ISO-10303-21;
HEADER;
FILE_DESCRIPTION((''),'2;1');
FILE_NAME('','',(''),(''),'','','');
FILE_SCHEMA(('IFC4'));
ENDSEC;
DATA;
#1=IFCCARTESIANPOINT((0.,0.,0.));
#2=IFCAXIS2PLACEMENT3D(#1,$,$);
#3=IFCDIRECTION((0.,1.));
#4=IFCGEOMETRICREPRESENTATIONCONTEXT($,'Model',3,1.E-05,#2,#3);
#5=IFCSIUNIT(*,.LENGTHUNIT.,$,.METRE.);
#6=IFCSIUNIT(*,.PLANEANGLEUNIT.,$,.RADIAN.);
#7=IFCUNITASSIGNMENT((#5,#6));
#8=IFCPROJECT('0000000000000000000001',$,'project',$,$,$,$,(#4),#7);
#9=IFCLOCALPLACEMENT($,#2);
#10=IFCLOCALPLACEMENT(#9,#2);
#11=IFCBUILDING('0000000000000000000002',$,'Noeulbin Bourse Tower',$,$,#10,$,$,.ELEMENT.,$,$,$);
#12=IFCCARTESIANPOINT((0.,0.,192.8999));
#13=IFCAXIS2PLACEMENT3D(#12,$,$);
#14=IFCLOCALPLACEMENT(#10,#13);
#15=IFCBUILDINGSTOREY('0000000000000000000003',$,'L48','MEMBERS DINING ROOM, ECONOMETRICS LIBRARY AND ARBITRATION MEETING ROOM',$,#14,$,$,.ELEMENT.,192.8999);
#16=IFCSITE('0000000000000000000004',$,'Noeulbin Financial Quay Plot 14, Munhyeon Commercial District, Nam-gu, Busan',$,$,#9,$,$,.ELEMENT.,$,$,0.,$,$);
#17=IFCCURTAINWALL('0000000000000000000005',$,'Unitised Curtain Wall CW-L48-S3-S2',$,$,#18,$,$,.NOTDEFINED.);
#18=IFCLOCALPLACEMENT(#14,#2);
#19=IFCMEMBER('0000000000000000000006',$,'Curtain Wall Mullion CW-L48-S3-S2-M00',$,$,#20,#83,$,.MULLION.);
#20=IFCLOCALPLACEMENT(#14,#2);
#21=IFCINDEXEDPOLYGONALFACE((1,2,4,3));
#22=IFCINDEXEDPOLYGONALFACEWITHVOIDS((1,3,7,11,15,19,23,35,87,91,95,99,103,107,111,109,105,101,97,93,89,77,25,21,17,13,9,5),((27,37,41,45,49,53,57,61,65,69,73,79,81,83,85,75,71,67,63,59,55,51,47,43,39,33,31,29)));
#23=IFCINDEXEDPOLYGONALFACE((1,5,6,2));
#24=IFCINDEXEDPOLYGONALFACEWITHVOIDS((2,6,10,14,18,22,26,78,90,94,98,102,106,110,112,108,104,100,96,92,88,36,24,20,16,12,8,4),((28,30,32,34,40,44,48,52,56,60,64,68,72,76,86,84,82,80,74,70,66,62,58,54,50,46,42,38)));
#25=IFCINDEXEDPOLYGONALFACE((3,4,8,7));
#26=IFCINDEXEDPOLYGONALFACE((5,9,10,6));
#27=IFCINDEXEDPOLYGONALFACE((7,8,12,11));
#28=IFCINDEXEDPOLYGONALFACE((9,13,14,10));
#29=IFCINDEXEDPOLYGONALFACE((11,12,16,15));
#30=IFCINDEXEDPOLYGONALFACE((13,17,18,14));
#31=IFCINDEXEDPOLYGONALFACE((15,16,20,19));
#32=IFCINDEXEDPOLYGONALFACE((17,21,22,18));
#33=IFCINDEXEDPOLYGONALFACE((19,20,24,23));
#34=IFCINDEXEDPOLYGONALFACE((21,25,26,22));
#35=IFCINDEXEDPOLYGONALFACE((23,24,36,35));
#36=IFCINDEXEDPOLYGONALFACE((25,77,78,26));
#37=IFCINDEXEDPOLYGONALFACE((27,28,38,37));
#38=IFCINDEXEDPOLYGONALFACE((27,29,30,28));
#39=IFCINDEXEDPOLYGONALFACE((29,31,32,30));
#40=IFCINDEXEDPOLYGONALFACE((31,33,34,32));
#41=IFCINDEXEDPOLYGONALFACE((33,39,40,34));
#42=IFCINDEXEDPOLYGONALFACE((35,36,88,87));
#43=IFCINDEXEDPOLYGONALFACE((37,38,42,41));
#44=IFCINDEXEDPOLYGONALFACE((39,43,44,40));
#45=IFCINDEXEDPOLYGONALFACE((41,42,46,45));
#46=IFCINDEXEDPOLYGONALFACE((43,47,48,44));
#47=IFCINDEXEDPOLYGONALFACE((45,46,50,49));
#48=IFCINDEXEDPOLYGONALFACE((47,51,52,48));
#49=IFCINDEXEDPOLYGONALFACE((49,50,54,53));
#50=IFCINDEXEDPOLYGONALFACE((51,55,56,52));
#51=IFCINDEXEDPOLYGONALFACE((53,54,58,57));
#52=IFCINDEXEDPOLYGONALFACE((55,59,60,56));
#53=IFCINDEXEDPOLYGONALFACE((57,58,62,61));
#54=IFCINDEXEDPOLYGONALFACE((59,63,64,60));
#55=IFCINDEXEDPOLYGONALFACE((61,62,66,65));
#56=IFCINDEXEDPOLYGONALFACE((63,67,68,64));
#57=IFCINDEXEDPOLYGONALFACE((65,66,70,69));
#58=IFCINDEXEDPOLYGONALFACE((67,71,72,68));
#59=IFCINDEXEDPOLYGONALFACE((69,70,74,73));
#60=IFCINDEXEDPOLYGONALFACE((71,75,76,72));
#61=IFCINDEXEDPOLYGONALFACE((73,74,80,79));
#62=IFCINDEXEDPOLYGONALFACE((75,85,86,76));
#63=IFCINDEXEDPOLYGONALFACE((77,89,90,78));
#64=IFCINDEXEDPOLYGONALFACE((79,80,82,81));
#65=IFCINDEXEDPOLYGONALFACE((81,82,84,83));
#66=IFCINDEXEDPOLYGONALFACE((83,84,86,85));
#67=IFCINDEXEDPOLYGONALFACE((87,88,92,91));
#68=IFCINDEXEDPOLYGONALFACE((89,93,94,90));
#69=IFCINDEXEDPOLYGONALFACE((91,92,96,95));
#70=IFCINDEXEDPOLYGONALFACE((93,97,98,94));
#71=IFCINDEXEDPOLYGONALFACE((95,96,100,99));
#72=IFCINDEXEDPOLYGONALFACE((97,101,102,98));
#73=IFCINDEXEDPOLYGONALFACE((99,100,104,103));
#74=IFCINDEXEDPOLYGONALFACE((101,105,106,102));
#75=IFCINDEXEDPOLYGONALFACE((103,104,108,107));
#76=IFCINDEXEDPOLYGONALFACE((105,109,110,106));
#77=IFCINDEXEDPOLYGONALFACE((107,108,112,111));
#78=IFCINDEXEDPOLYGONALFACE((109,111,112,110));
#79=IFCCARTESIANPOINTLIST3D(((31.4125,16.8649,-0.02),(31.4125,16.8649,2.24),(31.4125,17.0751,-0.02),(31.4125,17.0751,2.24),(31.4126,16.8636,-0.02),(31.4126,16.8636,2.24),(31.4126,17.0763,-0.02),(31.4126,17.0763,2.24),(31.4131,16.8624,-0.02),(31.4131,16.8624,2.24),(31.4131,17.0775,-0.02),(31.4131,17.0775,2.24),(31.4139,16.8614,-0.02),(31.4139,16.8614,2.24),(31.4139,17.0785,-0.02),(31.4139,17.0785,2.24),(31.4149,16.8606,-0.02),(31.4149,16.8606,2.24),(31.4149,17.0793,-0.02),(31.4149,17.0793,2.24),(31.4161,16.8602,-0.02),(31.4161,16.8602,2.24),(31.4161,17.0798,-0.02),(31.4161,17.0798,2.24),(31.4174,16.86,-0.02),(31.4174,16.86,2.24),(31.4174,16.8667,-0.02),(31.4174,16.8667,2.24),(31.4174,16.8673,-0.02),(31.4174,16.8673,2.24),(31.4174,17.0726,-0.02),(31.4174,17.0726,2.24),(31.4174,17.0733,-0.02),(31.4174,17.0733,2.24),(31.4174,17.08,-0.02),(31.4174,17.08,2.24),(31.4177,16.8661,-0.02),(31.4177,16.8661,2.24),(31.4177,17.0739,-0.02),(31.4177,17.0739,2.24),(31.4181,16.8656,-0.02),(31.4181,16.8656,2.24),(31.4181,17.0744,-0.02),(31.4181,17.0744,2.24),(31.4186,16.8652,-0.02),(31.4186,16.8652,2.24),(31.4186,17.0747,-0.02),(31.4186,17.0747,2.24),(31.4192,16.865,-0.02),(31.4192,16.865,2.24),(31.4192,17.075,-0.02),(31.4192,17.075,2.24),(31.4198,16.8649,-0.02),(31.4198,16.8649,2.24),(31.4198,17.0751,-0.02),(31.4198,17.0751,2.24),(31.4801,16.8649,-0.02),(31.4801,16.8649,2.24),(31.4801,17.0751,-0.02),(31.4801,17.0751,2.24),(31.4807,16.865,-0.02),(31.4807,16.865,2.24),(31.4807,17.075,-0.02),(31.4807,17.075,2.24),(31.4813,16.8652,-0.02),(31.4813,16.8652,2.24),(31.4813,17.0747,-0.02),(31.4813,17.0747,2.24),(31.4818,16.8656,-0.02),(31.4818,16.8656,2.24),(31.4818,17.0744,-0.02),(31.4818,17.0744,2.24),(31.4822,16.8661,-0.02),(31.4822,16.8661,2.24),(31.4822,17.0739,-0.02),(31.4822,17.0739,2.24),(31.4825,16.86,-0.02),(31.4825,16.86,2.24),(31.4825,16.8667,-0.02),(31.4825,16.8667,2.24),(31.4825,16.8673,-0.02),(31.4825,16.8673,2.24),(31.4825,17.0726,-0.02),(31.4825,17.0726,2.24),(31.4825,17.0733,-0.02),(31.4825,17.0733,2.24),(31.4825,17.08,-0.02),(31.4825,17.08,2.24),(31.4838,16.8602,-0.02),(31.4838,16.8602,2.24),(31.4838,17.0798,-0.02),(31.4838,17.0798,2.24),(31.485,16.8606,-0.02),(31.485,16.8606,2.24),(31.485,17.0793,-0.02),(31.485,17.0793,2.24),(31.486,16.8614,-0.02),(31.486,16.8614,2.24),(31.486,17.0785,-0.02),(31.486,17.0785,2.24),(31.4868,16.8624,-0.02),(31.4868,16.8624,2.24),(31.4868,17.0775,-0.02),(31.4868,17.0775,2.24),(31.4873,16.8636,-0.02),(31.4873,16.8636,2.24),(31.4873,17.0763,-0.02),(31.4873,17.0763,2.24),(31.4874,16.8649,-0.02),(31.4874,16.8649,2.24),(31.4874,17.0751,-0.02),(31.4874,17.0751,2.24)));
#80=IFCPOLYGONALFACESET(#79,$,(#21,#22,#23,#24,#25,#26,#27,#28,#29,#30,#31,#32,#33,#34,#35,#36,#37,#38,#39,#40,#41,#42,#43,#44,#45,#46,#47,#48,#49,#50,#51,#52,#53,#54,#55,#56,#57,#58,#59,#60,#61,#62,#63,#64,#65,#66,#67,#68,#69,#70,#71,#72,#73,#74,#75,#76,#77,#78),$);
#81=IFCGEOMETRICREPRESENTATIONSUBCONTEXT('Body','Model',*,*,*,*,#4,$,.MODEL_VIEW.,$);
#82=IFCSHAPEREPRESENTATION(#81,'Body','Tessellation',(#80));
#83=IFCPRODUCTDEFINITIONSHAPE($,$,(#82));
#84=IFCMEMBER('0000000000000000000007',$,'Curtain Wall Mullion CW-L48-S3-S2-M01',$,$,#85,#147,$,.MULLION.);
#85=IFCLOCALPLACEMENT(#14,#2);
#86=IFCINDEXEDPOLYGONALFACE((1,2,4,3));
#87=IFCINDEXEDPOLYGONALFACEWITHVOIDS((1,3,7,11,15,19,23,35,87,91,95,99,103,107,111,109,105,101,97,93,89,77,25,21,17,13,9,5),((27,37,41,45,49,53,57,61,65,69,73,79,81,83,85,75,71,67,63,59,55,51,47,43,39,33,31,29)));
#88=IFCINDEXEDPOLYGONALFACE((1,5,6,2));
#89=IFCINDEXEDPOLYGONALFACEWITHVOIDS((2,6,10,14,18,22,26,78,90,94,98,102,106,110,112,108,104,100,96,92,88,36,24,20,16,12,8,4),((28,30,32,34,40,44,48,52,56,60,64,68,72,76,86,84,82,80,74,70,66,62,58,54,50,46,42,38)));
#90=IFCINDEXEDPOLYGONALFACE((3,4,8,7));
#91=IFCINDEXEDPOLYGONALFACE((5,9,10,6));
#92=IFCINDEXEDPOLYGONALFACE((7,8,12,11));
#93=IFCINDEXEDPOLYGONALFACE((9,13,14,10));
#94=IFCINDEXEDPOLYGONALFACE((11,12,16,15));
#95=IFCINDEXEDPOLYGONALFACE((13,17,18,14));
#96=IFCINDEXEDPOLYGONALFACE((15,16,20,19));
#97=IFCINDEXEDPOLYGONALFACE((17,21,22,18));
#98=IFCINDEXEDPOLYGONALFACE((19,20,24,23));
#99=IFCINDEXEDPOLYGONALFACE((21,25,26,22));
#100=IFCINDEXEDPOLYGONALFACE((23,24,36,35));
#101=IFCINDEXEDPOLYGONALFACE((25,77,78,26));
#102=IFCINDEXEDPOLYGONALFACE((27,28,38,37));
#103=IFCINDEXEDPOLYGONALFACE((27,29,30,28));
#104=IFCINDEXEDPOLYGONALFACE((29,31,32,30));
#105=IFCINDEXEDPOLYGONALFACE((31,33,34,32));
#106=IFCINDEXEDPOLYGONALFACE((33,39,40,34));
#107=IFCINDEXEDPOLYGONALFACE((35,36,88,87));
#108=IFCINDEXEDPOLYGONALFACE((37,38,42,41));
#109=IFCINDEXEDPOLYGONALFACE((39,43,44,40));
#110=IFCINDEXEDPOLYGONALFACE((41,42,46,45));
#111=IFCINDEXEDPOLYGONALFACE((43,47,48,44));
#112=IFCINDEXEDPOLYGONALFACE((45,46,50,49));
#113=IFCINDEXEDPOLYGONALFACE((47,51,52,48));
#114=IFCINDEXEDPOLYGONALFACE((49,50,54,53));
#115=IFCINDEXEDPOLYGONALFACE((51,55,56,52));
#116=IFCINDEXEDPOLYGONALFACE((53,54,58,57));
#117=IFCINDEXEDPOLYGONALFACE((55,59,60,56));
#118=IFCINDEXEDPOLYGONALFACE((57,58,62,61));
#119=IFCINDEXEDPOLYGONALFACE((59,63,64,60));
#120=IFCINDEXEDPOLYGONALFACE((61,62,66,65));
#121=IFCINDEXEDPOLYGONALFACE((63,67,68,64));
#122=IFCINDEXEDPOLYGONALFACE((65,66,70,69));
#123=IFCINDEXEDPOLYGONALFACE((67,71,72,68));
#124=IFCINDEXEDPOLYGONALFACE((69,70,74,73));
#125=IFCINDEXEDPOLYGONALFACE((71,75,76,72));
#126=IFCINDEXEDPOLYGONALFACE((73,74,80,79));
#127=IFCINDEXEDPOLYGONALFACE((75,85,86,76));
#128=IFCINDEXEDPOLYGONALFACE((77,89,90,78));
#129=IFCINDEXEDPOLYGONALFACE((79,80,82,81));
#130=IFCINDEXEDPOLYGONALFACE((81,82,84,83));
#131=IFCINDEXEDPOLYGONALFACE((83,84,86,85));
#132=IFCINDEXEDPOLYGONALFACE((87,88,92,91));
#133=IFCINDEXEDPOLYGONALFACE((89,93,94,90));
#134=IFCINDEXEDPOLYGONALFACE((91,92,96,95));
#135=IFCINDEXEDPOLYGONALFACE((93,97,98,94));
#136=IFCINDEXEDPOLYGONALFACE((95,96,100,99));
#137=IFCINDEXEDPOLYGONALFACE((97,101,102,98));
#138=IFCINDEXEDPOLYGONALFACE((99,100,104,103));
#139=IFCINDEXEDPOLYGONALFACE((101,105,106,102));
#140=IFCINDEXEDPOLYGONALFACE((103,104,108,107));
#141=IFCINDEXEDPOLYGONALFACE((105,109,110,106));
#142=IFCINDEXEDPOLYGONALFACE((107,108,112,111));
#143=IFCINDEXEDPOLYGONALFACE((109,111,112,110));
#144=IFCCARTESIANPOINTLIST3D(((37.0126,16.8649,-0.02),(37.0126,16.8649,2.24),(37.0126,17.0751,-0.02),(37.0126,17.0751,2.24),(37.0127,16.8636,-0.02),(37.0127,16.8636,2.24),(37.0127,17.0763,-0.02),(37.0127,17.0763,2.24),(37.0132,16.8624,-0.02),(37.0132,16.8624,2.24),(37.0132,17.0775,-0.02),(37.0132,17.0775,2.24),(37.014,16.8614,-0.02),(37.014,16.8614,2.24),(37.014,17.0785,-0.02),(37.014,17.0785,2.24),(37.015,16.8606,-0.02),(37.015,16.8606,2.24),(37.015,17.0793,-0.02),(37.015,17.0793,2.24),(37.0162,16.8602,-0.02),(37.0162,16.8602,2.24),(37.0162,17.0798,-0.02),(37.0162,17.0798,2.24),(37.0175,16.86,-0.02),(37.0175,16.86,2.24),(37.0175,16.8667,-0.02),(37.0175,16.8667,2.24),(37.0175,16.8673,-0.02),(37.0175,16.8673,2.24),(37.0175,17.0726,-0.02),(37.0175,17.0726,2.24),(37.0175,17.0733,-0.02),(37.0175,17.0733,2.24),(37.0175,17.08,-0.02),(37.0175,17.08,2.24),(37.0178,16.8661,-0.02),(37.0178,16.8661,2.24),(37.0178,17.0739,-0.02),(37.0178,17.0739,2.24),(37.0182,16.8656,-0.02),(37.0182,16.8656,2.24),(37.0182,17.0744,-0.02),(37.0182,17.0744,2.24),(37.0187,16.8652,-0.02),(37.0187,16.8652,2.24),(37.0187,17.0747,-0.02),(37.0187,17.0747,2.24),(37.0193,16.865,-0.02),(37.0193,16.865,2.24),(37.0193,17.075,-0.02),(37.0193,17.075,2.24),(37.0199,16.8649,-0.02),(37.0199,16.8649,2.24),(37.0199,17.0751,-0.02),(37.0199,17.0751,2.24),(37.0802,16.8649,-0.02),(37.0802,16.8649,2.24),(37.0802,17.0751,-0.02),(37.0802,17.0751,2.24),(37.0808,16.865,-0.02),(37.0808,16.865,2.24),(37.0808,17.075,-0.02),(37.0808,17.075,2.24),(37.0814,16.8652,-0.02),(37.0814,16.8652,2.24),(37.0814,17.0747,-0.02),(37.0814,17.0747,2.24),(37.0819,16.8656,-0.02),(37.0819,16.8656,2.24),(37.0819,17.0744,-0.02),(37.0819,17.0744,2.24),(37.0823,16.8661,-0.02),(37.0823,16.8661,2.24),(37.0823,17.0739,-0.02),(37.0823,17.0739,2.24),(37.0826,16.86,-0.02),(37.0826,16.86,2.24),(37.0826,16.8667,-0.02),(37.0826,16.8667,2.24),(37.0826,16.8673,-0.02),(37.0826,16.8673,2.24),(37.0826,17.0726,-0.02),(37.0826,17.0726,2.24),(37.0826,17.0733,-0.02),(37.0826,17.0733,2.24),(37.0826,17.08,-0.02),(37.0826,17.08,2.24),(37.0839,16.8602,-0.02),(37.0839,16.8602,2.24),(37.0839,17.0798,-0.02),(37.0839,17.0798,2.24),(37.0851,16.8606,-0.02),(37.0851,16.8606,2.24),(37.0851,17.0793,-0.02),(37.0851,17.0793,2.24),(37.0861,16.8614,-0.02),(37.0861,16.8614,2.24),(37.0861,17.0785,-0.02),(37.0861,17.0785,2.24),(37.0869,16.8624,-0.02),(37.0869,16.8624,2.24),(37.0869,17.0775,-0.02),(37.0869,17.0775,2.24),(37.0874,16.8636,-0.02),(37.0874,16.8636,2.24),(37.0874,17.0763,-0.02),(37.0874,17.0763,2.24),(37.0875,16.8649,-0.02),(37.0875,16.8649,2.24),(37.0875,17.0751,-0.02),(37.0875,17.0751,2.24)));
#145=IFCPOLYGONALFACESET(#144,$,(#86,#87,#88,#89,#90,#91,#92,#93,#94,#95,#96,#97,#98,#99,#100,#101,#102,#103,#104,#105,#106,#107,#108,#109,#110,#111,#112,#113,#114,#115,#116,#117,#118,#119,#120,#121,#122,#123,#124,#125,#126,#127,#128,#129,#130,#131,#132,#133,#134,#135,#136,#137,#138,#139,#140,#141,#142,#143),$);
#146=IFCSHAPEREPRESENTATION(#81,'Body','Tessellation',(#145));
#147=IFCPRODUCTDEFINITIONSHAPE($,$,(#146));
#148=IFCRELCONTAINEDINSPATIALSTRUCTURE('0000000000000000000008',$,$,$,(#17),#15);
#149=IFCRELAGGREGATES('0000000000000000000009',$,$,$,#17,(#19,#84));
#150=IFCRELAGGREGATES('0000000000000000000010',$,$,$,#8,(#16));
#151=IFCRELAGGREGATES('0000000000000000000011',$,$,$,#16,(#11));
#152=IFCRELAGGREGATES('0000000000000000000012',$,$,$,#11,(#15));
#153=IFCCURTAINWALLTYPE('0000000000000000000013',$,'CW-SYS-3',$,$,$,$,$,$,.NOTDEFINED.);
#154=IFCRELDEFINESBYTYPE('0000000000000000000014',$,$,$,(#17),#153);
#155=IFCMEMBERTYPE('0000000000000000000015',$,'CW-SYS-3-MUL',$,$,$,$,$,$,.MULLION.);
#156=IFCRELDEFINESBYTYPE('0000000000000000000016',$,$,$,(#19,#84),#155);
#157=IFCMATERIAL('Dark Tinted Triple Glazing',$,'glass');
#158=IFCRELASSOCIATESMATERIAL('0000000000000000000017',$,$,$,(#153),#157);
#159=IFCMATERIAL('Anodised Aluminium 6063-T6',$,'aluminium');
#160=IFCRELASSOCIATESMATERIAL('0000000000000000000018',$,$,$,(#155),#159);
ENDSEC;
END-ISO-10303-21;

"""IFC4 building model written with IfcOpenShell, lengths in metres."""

from ifc_helpers import new_model, si_unit, direction, frame, origin, origin_2d, place, context, subcontext, project, spatial, hollow_rectangle, extrude, material, material_profile, profile_set, type_object, element, aggregate, save


model = new_model("IFC4")

# Units and contexts
model_context = context("Model", 3, precision=1e-05, world=origin(), true_north=direction((0.0, 1.0)))
body_context = subcontext(model_context, "Body", "Model", "MODEL_VIEW")
ifc_project = project(units=[si_unit("LENGTHUNIT", "METRE"), si_unit("PLANEANGLEUNIT", "RADIAN")], contexts=[model_context])

# Site, building, storey
site_placement = place(None, origin())
site = spatial("IfcSite", under=ifc_project, at=site_placement, Name="Noeulbin Financial Quay Plot 14, Munhyeon Commercial District, Nam-gu, Busan", CompositionType="ELEMENT", RefElevation=0.0)
building_placement = place(site_placement, origin())
building = spatial("IfcBuilding", under=site, at=building_placement, Name="Noeulbin Bourse Tower", CompositionType="ELEMENT")
storey_placement = place(building_placement, frame((0.0, 0.0, 192.8999)))
storey = spatial("IfcBuildingStorey", under=building, at=storey_placement, Name="L48", Description="MEMBERS DINING ROOM, ECONOMETRICS LIBRARY AND ARBITRATION MEETING ROOM", CompositionType="ELEMENT", Elevation=192.8999)

# Curtain wall, members
ifc_material_1 = material(Name="Dark Tinted Triple Glazing", Category="glass")
curtain_wall_type = type_object("IfcCurtainWallType", Name="CW-SYS-3", PredefinedType="NOTDEFINED", material=ifc_material_1)
curtain_wall_1_placement = place(storey_placement, origin())
curtain_wall_1 = element("IfcCurtainWall", 1, at=curtain_wall_1_placement, inside=storey, type_object=curtain_wall_type, Name="Unitised Curtain Wall CW-L48-S3-S2", PredefinedType="NOTDEFINED")
ifc_material_2 = material(Name="Anodised Aluminium 6063-T6", Category="aluminium")
ifc_material_profile_1 = material_profile(ifc_material_2, hollow_rectangle(XDim=0.075, YDim=0.22, WallThickness=0.0049, InnerFilletRadius=0.0024, OuterFilletRadius=0.0049, at=origin_2d()), Name="ALU-MULL-75x220x5", Category="LoadBearing")
ifc_profile_set_1 = profile_set([ifc_material_profile_1], Name="Anodised Aluminium 6063-T6")
member_type_1 = type_object("IfcMemberType", Name="CW-SYS-3-MUL", PredefinedType="MULLION", material=ifc_profile_set_1)
member_1_placement = place(storey_placement, frame((31.45, 16.97, -0.02), z_axis=(0.0, 0.0, 1.0), x_axis=(1.0, 0.0, 0.0)))
member_1 = element("IfcMember", 2, at=member_1_placement, type_object=member_type_1, Name="Curtain Wall Mullion CW-L48-S3-S2-M00", PredefinedType="MULLION", context=body_context, shape_type="SweptSolid", body=[
    extrude(hollow_rectangle(XDim=0.075, YDim=0.22, WallThickness=0.0049, InnerFilletRadius=0.0024, OuterFilletRadius=0.0049, at=origin_2d()), origin(), (0.0, 0.0, 1.0), 2.26),
])
member_2_placement = place(storey_placement, frame((37.05, 16.97, -0.02), z_axis=(0.0, 0.0, 1.0), x_axis=(1.0, 0.0, 0.0)))
member_2 = element("IfcMember", 3, at=member_2_placement, type_object=member_type_1, Name="Curtain Wall Mullion CW-L48-S3-S2-M01", PredefinedType="MULLION", context=body_context, shape_type="SweptSolid", body=[
    extrude(hollow_rectangle(XDim=0.075, YDim=0.22, WallThickness=0.0049, InnerFilletRadius=0.0024, OuterFilletRadius=0.0049, at=origin_2d()), origin(), (0.0, 0.0, 1.0), 2.26),
])

aggregate(curtain_wall_1, [member_1, member_2])

save(model, "model.ifc")
